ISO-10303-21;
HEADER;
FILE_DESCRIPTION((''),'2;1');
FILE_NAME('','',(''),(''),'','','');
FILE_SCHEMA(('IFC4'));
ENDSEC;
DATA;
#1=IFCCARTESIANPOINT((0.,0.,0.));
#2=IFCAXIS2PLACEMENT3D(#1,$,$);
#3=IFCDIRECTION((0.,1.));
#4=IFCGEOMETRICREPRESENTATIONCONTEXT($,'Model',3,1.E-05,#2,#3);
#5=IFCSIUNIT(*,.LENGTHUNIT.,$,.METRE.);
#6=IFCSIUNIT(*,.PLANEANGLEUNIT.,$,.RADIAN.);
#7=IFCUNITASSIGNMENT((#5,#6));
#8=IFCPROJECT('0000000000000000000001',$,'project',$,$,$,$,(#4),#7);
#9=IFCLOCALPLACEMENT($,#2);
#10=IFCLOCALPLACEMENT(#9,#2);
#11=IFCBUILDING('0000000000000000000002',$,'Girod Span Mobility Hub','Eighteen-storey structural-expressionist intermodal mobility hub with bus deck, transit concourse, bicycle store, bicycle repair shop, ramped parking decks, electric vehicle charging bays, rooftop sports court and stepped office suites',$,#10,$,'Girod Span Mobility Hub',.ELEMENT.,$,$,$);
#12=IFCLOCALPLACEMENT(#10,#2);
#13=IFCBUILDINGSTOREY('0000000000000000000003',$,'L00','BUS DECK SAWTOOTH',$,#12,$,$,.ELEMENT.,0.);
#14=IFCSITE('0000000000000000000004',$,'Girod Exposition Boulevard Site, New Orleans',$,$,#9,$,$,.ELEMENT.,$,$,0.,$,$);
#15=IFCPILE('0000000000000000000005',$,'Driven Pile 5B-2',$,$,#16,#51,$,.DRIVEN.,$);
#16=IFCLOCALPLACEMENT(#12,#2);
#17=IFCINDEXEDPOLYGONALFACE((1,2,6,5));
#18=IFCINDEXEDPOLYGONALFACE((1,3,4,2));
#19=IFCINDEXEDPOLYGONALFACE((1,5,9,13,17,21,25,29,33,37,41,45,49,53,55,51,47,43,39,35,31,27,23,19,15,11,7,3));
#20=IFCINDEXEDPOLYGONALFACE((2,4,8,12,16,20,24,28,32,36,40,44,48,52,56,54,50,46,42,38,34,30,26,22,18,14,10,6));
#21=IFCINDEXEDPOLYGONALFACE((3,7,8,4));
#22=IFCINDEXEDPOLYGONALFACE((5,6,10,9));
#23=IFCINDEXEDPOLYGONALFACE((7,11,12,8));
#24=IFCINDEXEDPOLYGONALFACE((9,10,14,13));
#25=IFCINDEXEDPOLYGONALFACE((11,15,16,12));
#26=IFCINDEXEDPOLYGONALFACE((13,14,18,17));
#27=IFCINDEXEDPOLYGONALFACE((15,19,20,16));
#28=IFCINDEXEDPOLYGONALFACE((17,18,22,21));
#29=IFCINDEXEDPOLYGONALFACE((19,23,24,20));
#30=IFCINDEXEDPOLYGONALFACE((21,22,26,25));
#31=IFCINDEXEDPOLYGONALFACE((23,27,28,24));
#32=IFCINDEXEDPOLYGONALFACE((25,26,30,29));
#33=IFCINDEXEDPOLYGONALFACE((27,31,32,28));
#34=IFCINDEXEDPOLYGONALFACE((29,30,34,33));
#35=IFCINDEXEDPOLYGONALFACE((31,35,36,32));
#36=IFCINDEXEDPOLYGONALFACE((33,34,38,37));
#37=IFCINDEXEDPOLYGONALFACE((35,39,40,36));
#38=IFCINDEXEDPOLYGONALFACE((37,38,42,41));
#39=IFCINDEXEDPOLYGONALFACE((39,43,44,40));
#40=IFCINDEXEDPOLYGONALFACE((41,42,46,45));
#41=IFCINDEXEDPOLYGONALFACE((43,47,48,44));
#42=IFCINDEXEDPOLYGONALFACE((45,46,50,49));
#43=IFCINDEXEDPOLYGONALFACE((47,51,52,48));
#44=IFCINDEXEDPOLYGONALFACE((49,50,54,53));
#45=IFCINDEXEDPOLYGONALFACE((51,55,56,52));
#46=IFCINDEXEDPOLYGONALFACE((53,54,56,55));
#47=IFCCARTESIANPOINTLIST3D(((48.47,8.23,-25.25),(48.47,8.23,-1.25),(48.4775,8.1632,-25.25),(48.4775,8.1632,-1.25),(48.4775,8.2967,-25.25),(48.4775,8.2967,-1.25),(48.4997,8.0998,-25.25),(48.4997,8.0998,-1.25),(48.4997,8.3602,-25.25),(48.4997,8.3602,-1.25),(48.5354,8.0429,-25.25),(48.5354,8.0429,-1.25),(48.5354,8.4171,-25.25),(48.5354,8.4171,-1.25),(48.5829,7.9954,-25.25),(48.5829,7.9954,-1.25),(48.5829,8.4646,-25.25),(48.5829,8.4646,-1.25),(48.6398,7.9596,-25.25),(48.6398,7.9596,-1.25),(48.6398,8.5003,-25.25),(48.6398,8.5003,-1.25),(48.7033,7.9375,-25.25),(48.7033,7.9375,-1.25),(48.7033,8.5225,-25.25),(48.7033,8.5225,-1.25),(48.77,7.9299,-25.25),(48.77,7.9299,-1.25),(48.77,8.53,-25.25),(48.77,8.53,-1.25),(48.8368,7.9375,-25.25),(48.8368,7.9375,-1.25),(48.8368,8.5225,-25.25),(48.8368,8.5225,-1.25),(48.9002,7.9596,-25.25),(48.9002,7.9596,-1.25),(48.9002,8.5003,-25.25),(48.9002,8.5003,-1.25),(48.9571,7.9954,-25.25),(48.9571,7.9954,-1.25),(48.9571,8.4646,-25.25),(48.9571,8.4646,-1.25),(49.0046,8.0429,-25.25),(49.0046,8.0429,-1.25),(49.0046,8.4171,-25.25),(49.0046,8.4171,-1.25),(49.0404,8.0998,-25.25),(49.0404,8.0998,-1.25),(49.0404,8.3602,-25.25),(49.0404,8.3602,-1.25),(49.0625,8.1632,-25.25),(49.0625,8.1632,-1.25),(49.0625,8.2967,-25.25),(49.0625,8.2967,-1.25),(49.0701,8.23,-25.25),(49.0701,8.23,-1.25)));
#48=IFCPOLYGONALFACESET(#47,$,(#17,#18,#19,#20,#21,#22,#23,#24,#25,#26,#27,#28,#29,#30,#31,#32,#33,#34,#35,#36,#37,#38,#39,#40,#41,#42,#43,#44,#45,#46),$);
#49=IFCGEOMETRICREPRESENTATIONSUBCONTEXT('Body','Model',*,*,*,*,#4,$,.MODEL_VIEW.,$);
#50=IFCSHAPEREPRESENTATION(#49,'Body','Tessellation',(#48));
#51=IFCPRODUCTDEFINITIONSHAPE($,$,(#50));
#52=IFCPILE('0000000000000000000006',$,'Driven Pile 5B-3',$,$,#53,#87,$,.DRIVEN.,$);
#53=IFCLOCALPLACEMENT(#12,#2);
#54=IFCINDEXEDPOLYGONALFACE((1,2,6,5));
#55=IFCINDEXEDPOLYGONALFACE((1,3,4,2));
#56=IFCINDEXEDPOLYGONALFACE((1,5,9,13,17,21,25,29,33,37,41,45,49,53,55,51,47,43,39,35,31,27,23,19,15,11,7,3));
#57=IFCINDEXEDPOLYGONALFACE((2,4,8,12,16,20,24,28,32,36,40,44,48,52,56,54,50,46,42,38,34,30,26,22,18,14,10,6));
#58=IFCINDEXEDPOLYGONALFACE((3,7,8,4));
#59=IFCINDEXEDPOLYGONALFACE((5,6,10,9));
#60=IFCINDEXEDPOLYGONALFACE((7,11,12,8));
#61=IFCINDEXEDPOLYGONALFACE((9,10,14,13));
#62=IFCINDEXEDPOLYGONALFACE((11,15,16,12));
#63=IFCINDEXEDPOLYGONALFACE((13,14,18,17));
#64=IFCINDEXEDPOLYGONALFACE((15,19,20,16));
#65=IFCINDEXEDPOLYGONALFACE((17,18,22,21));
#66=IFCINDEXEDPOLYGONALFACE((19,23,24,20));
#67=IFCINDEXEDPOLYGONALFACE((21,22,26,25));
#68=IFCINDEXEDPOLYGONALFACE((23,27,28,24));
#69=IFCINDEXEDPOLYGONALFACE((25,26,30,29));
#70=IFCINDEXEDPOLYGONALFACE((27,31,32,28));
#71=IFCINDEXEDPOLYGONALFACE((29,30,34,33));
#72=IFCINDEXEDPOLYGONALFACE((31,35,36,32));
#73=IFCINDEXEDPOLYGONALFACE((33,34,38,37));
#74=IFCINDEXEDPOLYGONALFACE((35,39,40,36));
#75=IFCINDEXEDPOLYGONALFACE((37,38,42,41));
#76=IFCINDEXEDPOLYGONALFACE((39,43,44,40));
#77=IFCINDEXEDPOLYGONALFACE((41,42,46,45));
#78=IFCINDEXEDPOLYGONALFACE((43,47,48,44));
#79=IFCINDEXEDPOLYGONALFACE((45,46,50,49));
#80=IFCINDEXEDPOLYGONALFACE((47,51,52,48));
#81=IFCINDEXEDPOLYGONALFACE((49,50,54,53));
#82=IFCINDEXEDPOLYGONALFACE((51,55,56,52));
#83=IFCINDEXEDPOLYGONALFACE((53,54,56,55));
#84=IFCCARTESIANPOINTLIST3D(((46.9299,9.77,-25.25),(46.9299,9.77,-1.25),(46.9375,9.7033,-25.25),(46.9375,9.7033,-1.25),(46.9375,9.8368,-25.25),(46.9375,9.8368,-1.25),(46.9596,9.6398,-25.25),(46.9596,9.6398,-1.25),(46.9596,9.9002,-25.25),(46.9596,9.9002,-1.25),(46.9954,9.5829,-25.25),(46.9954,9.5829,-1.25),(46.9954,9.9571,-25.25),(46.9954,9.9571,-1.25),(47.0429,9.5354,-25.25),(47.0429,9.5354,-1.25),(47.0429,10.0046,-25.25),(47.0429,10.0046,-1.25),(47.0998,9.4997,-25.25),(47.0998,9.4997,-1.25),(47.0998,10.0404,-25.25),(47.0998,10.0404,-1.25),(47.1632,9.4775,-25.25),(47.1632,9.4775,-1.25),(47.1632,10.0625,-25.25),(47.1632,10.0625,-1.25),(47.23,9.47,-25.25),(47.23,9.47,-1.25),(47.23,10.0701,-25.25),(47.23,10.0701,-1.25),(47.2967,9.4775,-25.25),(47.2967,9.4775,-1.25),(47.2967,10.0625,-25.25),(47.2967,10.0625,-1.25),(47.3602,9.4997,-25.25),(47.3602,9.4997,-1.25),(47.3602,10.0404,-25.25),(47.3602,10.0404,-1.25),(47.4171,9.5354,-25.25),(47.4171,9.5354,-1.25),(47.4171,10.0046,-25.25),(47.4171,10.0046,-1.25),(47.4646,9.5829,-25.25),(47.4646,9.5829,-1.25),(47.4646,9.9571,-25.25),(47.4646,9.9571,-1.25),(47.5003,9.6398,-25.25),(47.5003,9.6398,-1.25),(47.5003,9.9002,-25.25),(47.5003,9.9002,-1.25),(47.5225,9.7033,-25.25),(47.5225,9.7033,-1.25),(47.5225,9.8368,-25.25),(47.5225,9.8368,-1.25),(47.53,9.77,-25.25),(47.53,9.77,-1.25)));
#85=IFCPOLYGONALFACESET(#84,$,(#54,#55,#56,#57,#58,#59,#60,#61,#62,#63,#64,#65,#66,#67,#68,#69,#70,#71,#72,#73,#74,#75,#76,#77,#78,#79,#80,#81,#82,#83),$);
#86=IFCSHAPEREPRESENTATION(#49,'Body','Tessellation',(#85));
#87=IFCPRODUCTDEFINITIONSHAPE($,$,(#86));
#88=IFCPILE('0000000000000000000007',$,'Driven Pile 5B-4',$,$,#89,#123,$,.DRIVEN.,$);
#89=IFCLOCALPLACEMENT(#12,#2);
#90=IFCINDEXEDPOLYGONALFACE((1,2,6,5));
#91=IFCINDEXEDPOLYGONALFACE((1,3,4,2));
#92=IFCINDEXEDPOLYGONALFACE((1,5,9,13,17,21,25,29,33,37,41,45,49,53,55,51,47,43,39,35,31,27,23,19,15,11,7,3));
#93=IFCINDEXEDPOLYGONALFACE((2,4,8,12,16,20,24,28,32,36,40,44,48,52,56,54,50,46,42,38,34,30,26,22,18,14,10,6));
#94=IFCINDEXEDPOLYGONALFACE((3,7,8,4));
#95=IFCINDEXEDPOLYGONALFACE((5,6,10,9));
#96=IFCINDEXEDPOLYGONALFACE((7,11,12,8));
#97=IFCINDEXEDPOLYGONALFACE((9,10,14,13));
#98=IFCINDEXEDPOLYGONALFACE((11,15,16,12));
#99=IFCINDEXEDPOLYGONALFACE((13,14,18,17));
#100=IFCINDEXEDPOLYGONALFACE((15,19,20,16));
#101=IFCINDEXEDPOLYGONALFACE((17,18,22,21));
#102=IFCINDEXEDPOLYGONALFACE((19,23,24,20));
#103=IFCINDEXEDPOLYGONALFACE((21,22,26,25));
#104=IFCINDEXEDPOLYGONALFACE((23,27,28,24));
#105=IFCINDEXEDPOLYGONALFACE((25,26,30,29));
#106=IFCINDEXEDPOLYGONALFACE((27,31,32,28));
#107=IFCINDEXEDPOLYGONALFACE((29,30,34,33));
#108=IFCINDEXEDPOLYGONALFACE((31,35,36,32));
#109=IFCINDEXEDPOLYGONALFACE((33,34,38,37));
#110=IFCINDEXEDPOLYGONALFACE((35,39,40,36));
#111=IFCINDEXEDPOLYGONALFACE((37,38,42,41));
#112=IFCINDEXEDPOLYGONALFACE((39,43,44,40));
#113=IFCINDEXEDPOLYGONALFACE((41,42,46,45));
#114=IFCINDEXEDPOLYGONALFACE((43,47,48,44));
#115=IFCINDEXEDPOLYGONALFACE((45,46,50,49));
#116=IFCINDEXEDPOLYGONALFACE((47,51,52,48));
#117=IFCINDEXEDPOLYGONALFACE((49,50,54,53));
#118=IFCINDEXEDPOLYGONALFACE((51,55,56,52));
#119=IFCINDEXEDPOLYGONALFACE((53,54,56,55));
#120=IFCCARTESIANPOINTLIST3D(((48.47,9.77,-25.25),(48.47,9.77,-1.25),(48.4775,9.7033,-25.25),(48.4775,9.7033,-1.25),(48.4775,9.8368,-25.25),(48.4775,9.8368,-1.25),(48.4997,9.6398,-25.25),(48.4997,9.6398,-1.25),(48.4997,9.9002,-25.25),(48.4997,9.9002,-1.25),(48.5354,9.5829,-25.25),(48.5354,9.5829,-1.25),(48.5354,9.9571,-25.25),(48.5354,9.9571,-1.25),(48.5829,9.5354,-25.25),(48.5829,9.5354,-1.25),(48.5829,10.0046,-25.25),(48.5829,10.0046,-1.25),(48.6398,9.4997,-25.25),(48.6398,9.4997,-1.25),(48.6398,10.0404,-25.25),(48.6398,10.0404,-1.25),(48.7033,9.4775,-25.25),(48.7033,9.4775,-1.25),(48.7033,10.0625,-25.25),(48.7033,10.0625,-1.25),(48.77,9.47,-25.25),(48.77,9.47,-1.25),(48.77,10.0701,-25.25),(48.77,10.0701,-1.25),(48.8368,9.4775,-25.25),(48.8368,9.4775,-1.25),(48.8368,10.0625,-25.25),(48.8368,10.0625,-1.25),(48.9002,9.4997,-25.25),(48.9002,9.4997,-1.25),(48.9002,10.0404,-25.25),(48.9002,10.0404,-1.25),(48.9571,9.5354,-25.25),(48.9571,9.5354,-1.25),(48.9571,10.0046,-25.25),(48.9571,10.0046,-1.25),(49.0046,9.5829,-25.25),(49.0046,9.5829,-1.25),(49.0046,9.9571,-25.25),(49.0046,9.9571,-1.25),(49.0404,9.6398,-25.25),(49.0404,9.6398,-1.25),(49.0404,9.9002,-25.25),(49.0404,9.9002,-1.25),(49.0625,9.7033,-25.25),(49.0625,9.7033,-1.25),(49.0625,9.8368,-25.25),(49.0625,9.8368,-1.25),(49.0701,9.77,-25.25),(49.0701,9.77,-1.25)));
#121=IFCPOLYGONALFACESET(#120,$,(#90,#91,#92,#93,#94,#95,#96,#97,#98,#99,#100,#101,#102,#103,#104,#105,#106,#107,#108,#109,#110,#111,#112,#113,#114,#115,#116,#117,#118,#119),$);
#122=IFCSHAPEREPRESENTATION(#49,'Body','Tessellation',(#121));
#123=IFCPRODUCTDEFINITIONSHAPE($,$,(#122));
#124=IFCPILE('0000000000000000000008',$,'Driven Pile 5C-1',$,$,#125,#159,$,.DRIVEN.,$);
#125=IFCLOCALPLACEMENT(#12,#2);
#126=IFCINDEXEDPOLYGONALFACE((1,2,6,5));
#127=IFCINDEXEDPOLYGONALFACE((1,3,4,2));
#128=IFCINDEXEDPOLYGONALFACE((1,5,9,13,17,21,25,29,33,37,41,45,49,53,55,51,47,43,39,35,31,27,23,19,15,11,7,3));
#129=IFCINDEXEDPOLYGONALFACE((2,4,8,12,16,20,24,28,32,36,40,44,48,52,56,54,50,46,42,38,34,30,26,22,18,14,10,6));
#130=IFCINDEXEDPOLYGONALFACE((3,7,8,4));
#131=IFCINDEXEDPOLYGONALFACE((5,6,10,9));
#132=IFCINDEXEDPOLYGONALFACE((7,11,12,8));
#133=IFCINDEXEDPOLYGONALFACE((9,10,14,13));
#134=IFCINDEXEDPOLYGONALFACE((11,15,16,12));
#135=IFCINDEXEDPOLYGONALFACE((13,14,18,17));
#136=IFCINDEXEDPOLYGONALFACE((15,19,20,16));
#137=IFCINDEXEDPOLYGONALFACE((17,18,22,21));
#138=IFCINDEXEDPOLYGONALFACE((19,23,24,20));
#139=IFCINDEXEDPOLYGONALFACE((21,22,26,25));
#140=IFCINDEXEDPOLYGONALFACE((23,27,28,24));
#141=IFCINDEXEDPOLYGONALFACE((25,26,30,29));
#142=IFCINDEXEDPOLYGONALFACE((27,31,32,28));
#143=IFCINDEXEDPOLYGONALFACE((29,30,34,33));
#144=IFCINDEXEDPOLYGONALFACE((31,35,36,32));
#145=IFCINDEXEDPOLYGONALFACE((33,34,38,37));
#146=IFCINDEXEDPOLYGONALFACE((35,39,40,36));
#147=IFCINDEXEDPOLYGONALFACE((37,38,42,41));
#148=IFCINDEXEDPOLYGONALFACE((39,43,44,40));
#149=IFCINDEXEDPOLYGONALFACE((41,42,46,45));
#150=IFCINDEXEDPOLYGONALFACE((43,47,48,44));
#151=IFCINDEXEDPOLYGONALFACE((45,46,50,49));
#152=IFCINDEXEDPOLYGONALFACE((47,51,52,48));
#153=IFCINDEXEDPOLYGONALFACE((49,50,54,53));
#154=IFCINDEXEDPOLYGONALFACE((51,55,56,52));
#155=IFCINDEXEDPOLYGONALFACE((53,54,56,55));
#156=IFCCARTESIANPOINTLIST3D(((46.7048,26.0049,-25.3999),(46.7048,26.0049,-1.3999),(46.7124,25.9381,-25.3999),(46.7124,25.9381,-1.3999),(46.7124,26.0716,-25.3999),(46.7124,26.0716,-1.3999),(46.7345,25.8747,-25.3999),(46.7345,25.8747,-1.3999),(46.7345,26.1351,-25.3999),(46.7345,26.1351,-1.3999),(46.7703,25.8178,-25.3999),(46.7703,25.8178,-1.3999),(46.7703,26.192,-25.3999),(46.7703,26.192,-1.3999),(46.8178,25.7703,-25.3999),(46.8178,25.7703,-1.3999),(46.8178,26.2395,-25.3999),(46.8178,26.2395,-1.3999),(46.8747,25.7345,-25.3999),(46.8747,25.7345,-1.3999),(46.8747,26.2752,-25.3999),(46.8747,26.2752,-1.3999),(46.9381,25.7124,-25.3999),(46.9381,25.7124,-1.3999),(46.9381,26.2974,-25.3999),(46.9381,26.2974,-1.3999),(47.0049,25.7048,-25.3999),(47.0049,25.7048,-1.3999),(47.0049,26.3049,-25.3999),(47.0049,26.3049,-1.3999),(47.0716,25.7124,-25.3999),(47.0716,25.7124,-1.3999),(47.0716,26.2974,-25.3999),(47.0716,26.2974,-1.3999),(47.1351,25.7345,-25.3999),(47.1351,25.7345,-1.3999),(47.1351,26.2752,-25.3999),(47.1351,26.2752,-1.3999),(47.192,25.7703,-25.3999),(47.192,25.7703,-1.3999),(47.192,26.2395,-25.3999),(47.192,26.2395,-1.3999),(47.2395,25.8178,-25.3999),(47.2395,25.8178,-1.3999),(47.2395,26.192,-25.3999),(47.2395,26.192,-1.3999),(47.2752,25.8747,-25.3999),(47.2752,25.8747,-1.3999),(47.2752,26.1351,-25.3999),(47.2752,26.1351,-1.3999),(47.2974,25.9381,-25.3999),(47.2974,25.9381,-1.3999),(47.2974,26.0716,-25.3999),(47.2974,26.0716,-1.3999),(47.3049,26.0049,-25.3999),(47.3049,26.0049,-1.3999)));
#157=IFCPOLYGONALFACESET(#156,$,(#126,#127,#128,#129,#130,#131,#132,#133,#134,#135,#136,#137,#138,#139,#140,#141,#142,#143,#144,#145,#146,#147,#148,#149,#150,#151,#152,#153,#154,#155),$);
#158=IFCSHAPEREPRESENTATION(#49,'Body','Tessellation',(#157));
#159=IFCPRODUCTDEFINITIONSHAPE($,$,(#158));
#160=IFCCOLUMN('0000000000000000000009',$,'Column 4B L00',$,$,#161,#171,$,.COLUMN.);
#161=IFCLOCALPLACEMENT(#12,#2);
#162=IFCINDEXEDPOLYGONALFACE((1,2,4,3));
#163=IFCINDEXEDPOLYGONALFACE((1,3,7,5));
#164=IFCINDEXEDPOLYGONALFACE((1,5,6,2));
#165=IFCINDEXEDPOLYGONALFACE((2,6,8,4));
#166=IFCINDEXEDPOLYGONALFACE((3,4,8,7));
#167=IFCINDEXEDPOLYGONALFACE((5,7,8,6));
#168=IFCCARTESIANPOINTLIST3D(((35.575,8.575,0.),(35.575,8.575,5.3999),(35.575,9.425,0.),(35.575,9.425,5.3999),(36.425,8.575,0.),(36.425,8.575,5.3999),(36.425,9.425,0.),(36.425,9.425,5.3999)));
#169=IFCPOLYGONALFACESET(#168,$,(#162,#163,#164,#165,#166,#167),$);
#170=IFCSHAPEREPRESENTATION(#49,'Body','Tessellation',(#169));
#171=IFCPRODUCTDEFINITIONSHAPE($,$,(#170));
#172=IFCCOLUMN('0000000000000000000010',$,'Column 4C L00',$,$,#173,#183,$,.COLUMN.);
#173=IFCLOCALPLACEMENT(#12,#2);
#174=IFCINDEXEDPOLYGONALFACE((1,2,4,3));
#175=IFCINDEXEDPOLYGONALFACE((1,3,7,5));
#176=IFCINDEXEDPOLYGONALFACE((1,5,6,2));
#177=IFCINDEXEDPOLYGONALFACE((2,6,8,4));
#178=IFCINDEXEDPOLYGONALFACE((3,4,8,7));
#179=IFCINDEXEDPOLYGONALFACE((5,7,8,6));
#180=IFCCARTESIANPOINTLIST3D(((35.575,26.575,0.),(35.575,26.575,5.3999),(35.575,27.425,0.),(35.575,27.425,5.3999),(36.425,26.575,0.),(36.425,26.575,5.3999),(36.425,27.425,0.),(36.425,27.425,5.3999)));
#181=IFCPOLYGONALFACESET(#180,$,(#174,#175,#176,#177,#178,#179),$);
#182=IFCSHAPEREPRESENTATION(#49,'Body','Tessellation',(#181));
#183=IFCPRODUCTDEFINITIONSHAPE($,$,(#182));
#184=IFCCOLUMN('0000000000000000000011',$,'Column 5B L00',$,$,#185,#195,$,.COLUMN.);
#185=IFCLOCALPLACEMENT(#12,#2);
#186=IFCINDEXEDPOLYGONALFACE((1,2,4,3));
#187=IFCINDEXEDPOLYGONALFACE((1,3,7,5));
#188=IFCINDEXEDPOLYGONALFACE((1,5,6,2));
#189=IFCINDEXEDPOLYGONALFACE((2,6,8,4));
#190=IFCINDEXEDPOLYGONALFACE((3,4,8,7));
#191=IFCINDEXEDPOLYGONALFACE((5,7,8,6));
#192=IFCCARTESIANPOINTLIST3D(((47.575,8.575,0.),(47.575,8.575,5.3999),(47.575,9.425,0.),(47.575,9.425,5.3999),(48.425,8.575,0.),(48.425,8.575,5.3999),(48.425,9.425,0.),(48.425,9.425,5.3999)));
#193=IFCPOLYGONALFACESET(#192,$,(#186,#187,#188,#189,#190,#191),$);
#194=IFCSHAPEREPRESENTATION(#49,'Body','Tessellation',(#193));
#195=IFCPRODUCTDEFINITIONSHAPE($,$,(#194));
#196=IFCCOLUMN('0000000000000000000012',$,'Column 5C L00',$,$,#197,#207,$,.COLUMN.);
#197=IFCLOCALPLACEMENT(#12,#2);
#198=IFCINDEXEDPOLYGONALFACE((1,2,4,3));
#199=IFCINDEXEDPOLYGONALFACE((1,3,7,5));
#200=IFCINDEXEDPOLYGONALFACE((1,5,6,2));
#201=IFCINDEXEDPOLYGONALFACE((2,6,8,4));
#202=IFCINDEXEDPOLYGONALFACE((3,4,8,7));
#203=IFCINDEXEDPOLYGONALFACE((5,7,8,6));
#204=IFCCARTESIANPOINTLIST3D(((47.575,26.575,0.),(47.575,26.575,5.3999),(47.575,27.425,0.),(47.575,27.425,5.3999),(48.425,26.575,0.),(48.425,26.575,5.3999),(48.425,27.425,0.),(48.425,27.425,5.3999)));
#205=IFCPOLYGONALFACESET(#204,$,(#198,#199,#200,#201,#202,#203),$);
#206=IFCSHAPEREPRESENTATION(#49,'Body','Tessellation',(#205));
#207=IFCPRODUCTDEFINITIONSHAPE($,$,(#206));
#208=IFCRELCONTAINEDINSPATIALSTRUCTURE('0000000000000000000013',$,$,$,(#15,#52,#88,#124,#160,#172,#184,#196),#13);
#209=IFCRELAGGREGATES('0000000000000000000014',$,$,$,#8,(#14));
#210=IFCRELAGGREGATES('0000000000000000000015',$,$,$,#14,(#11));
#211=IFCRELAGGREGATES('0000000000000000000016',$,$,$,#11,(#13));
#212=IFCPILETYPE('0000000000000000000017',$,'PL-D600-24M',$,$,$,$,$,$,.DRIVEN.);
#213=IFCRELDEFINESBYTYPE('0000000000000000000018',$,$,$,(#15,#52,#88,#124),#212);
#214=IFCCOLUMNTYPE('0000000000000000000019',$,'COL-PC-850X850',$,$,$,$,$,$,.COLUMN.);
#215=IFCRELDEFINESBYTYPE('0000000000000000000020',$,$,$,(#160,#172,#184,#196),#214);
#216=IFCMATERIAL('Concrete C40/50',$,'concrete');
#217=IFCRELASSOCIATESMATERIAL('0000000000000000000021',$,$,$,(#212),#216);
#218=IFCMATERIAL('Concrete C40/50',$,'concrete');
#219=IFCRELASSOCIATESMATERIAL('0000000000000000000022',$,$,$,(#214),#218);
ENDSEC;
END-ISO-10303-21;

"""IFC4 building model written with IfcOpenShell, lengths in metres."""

from ifc_helpers import new_model, si_unit, direction, frame, origin, origin_2d, place, context, subcontext, project, spatial, rectangle, circle, extrude, material, material_profile, profile_set, type_object, element, save


model = new_model("IFC4")

# Units and contexts
model_context = context("Model", 3, precision=1e-05, world=origin(), true_north=direction((0.0, 1.0)))
body_context = subcontext(model_context, "Body", "Model", "MODEL_VIEW")
ifc_project = project(units=[si_unit("LENGTHUNIT", "METRE"), si_unit("PLANEANGLEUNIT", "RADIAN")], contexts=[model_context])

# Site, building, storey
site_placement = place(None, origin())
site = spatial("IfcSite", under=ifc_project, at=site_placement, Name="Girod Exposition Boulevard Site, New Orleans", CompositionType="ELEMENT", RefElevation=0.0)
building_placement = place(site_placement, origin())
building = spatial("IfcBuilding", under=site, at=building_placement, Name="Girod Span Mobility Hub", Description="Eighteen-storey structural-expressionist intermodal mobility hub with bus deck, transit concourse, bicycle store, bicycle repair shop, ramped parking decks, electric vehicle charging bays, rooftop sports court and stepped office suites", LongName="Girod Span Mobility Hub", CompositionType="ELEMENT")
storey_placement = place(building_placement, origin())
storey = spatial("IfcBuildingStorey", under=building, at=storey_placement, Name="L00", Description="BUS DECK SAWTOOTH", CompositionType="ELEMENT", Elevation=0.0)

# Piles
ifc_material_1 = material(Name="Concrete C40/50", Category="concrete")
ifc_material_profile_1 = material_profile(ifc_material_1, circle(Radius=0.3, at=origin_2d()), Name="PILE-D600")
ifc_profile_set_1 = profile_set([ifc_material_profile_1], Name="Concrete C40/50")
pile_type = type_object("IfcPileType", Name="PL-D600-24M", PredefinedType="DRIVEN", material=ifc_profile_set_1)
for number, where, z_axis, x_axis, name in (
    (1, (48.77, 8.23, -1.25), (0.0, 0.0, -1.0), (1.0, 0.0, 0.0), "Driven Pile 5B-2"),
    (2, (47.23, 9.77, -1.25), (0.0, 0.0, -1.0), (1.0, 0.0, 0.0), "Driven Pile 5B-3"),
    (3, (48.77, 9.77, -1.25), (0.0, 0.0, -1.0), (1.0, 0.0, 0.0), "Driven Pile 5B-4"),
    (4, (47.0049, 26.0049, -1.3999), (0.0, 0.0, -1.0), (1.0, 0.0, 0.0), "Driven Pile 5C-1"),
):
    element("IfcPile", number, at=place(storey_placement, frame(where, z_axis=z_axis, x_axis=x_axis)), inside=storey, type_object=pile_type, Name=name, PredefinedType="DRIVEN", context=body_context, shape_type="SweptSolid", body=[
        extrude(circle(Radius=0.3, at=origin_2d()), origin(), (0.0, 0.0, 1.0), 24.0),
    ])

# Columns
ifc_material_2 = material(Name="Concrete C40/50", Category="concrete")
ifc_material_profile_2 = material_profile(ifc_material_2, rectangle(XDim=0.8501, YDim=0.8501, at=origin_2d()), Name="PC-COL-850X850")
ifc_profile_set_2 = profile_set([ifc_material_profile_2], Name="Concrete C40/50")
column_type = type_object("IfcColumnType", Name="COL-PC-850X850", PredefinedType="COLUMN", material=ifc_profile_set_2)
for number, where, z_axis, x_axis, name in (
    (5, (36.0, 9.0, 0.0), (0.0, 0.0, 1.0), (1.0, 0.0, 0.0), "Column 4B L00"),
    (6, (36.0, 27.0, 0.0), (0.0, 0.0, 1.0), (1.0, 0.0, 0.0), "Column 4C L00"),
    (7, (48.0, 9.0, 0.0), (0.0, 0.0, 1.0), (1.0, 0.0, 0.0), "Column 5B L00"),
    (8, (48.0, 27.0, 0.0), (0.0, 0.0, 1.0), (1.0, 0.0, 0.0), "Column 5C L00"),
):
    element("IfcColumn", number, at=place(storey_placement, frame(where, z_axis=z_axis, x_axis=x_axis)), inside=storey, type_object=column_type, Name=name, PredefinedType="COLUMN", context=body_context, shape_type="SweptSolid", body=[
        extrude(rectangle(XDim=0.8501, YDim=0.8501, at=origin_2d()), origin(), (0.0, 0.0, 1.0), 5.3999),
    ])

save(model, "model.ifc")
